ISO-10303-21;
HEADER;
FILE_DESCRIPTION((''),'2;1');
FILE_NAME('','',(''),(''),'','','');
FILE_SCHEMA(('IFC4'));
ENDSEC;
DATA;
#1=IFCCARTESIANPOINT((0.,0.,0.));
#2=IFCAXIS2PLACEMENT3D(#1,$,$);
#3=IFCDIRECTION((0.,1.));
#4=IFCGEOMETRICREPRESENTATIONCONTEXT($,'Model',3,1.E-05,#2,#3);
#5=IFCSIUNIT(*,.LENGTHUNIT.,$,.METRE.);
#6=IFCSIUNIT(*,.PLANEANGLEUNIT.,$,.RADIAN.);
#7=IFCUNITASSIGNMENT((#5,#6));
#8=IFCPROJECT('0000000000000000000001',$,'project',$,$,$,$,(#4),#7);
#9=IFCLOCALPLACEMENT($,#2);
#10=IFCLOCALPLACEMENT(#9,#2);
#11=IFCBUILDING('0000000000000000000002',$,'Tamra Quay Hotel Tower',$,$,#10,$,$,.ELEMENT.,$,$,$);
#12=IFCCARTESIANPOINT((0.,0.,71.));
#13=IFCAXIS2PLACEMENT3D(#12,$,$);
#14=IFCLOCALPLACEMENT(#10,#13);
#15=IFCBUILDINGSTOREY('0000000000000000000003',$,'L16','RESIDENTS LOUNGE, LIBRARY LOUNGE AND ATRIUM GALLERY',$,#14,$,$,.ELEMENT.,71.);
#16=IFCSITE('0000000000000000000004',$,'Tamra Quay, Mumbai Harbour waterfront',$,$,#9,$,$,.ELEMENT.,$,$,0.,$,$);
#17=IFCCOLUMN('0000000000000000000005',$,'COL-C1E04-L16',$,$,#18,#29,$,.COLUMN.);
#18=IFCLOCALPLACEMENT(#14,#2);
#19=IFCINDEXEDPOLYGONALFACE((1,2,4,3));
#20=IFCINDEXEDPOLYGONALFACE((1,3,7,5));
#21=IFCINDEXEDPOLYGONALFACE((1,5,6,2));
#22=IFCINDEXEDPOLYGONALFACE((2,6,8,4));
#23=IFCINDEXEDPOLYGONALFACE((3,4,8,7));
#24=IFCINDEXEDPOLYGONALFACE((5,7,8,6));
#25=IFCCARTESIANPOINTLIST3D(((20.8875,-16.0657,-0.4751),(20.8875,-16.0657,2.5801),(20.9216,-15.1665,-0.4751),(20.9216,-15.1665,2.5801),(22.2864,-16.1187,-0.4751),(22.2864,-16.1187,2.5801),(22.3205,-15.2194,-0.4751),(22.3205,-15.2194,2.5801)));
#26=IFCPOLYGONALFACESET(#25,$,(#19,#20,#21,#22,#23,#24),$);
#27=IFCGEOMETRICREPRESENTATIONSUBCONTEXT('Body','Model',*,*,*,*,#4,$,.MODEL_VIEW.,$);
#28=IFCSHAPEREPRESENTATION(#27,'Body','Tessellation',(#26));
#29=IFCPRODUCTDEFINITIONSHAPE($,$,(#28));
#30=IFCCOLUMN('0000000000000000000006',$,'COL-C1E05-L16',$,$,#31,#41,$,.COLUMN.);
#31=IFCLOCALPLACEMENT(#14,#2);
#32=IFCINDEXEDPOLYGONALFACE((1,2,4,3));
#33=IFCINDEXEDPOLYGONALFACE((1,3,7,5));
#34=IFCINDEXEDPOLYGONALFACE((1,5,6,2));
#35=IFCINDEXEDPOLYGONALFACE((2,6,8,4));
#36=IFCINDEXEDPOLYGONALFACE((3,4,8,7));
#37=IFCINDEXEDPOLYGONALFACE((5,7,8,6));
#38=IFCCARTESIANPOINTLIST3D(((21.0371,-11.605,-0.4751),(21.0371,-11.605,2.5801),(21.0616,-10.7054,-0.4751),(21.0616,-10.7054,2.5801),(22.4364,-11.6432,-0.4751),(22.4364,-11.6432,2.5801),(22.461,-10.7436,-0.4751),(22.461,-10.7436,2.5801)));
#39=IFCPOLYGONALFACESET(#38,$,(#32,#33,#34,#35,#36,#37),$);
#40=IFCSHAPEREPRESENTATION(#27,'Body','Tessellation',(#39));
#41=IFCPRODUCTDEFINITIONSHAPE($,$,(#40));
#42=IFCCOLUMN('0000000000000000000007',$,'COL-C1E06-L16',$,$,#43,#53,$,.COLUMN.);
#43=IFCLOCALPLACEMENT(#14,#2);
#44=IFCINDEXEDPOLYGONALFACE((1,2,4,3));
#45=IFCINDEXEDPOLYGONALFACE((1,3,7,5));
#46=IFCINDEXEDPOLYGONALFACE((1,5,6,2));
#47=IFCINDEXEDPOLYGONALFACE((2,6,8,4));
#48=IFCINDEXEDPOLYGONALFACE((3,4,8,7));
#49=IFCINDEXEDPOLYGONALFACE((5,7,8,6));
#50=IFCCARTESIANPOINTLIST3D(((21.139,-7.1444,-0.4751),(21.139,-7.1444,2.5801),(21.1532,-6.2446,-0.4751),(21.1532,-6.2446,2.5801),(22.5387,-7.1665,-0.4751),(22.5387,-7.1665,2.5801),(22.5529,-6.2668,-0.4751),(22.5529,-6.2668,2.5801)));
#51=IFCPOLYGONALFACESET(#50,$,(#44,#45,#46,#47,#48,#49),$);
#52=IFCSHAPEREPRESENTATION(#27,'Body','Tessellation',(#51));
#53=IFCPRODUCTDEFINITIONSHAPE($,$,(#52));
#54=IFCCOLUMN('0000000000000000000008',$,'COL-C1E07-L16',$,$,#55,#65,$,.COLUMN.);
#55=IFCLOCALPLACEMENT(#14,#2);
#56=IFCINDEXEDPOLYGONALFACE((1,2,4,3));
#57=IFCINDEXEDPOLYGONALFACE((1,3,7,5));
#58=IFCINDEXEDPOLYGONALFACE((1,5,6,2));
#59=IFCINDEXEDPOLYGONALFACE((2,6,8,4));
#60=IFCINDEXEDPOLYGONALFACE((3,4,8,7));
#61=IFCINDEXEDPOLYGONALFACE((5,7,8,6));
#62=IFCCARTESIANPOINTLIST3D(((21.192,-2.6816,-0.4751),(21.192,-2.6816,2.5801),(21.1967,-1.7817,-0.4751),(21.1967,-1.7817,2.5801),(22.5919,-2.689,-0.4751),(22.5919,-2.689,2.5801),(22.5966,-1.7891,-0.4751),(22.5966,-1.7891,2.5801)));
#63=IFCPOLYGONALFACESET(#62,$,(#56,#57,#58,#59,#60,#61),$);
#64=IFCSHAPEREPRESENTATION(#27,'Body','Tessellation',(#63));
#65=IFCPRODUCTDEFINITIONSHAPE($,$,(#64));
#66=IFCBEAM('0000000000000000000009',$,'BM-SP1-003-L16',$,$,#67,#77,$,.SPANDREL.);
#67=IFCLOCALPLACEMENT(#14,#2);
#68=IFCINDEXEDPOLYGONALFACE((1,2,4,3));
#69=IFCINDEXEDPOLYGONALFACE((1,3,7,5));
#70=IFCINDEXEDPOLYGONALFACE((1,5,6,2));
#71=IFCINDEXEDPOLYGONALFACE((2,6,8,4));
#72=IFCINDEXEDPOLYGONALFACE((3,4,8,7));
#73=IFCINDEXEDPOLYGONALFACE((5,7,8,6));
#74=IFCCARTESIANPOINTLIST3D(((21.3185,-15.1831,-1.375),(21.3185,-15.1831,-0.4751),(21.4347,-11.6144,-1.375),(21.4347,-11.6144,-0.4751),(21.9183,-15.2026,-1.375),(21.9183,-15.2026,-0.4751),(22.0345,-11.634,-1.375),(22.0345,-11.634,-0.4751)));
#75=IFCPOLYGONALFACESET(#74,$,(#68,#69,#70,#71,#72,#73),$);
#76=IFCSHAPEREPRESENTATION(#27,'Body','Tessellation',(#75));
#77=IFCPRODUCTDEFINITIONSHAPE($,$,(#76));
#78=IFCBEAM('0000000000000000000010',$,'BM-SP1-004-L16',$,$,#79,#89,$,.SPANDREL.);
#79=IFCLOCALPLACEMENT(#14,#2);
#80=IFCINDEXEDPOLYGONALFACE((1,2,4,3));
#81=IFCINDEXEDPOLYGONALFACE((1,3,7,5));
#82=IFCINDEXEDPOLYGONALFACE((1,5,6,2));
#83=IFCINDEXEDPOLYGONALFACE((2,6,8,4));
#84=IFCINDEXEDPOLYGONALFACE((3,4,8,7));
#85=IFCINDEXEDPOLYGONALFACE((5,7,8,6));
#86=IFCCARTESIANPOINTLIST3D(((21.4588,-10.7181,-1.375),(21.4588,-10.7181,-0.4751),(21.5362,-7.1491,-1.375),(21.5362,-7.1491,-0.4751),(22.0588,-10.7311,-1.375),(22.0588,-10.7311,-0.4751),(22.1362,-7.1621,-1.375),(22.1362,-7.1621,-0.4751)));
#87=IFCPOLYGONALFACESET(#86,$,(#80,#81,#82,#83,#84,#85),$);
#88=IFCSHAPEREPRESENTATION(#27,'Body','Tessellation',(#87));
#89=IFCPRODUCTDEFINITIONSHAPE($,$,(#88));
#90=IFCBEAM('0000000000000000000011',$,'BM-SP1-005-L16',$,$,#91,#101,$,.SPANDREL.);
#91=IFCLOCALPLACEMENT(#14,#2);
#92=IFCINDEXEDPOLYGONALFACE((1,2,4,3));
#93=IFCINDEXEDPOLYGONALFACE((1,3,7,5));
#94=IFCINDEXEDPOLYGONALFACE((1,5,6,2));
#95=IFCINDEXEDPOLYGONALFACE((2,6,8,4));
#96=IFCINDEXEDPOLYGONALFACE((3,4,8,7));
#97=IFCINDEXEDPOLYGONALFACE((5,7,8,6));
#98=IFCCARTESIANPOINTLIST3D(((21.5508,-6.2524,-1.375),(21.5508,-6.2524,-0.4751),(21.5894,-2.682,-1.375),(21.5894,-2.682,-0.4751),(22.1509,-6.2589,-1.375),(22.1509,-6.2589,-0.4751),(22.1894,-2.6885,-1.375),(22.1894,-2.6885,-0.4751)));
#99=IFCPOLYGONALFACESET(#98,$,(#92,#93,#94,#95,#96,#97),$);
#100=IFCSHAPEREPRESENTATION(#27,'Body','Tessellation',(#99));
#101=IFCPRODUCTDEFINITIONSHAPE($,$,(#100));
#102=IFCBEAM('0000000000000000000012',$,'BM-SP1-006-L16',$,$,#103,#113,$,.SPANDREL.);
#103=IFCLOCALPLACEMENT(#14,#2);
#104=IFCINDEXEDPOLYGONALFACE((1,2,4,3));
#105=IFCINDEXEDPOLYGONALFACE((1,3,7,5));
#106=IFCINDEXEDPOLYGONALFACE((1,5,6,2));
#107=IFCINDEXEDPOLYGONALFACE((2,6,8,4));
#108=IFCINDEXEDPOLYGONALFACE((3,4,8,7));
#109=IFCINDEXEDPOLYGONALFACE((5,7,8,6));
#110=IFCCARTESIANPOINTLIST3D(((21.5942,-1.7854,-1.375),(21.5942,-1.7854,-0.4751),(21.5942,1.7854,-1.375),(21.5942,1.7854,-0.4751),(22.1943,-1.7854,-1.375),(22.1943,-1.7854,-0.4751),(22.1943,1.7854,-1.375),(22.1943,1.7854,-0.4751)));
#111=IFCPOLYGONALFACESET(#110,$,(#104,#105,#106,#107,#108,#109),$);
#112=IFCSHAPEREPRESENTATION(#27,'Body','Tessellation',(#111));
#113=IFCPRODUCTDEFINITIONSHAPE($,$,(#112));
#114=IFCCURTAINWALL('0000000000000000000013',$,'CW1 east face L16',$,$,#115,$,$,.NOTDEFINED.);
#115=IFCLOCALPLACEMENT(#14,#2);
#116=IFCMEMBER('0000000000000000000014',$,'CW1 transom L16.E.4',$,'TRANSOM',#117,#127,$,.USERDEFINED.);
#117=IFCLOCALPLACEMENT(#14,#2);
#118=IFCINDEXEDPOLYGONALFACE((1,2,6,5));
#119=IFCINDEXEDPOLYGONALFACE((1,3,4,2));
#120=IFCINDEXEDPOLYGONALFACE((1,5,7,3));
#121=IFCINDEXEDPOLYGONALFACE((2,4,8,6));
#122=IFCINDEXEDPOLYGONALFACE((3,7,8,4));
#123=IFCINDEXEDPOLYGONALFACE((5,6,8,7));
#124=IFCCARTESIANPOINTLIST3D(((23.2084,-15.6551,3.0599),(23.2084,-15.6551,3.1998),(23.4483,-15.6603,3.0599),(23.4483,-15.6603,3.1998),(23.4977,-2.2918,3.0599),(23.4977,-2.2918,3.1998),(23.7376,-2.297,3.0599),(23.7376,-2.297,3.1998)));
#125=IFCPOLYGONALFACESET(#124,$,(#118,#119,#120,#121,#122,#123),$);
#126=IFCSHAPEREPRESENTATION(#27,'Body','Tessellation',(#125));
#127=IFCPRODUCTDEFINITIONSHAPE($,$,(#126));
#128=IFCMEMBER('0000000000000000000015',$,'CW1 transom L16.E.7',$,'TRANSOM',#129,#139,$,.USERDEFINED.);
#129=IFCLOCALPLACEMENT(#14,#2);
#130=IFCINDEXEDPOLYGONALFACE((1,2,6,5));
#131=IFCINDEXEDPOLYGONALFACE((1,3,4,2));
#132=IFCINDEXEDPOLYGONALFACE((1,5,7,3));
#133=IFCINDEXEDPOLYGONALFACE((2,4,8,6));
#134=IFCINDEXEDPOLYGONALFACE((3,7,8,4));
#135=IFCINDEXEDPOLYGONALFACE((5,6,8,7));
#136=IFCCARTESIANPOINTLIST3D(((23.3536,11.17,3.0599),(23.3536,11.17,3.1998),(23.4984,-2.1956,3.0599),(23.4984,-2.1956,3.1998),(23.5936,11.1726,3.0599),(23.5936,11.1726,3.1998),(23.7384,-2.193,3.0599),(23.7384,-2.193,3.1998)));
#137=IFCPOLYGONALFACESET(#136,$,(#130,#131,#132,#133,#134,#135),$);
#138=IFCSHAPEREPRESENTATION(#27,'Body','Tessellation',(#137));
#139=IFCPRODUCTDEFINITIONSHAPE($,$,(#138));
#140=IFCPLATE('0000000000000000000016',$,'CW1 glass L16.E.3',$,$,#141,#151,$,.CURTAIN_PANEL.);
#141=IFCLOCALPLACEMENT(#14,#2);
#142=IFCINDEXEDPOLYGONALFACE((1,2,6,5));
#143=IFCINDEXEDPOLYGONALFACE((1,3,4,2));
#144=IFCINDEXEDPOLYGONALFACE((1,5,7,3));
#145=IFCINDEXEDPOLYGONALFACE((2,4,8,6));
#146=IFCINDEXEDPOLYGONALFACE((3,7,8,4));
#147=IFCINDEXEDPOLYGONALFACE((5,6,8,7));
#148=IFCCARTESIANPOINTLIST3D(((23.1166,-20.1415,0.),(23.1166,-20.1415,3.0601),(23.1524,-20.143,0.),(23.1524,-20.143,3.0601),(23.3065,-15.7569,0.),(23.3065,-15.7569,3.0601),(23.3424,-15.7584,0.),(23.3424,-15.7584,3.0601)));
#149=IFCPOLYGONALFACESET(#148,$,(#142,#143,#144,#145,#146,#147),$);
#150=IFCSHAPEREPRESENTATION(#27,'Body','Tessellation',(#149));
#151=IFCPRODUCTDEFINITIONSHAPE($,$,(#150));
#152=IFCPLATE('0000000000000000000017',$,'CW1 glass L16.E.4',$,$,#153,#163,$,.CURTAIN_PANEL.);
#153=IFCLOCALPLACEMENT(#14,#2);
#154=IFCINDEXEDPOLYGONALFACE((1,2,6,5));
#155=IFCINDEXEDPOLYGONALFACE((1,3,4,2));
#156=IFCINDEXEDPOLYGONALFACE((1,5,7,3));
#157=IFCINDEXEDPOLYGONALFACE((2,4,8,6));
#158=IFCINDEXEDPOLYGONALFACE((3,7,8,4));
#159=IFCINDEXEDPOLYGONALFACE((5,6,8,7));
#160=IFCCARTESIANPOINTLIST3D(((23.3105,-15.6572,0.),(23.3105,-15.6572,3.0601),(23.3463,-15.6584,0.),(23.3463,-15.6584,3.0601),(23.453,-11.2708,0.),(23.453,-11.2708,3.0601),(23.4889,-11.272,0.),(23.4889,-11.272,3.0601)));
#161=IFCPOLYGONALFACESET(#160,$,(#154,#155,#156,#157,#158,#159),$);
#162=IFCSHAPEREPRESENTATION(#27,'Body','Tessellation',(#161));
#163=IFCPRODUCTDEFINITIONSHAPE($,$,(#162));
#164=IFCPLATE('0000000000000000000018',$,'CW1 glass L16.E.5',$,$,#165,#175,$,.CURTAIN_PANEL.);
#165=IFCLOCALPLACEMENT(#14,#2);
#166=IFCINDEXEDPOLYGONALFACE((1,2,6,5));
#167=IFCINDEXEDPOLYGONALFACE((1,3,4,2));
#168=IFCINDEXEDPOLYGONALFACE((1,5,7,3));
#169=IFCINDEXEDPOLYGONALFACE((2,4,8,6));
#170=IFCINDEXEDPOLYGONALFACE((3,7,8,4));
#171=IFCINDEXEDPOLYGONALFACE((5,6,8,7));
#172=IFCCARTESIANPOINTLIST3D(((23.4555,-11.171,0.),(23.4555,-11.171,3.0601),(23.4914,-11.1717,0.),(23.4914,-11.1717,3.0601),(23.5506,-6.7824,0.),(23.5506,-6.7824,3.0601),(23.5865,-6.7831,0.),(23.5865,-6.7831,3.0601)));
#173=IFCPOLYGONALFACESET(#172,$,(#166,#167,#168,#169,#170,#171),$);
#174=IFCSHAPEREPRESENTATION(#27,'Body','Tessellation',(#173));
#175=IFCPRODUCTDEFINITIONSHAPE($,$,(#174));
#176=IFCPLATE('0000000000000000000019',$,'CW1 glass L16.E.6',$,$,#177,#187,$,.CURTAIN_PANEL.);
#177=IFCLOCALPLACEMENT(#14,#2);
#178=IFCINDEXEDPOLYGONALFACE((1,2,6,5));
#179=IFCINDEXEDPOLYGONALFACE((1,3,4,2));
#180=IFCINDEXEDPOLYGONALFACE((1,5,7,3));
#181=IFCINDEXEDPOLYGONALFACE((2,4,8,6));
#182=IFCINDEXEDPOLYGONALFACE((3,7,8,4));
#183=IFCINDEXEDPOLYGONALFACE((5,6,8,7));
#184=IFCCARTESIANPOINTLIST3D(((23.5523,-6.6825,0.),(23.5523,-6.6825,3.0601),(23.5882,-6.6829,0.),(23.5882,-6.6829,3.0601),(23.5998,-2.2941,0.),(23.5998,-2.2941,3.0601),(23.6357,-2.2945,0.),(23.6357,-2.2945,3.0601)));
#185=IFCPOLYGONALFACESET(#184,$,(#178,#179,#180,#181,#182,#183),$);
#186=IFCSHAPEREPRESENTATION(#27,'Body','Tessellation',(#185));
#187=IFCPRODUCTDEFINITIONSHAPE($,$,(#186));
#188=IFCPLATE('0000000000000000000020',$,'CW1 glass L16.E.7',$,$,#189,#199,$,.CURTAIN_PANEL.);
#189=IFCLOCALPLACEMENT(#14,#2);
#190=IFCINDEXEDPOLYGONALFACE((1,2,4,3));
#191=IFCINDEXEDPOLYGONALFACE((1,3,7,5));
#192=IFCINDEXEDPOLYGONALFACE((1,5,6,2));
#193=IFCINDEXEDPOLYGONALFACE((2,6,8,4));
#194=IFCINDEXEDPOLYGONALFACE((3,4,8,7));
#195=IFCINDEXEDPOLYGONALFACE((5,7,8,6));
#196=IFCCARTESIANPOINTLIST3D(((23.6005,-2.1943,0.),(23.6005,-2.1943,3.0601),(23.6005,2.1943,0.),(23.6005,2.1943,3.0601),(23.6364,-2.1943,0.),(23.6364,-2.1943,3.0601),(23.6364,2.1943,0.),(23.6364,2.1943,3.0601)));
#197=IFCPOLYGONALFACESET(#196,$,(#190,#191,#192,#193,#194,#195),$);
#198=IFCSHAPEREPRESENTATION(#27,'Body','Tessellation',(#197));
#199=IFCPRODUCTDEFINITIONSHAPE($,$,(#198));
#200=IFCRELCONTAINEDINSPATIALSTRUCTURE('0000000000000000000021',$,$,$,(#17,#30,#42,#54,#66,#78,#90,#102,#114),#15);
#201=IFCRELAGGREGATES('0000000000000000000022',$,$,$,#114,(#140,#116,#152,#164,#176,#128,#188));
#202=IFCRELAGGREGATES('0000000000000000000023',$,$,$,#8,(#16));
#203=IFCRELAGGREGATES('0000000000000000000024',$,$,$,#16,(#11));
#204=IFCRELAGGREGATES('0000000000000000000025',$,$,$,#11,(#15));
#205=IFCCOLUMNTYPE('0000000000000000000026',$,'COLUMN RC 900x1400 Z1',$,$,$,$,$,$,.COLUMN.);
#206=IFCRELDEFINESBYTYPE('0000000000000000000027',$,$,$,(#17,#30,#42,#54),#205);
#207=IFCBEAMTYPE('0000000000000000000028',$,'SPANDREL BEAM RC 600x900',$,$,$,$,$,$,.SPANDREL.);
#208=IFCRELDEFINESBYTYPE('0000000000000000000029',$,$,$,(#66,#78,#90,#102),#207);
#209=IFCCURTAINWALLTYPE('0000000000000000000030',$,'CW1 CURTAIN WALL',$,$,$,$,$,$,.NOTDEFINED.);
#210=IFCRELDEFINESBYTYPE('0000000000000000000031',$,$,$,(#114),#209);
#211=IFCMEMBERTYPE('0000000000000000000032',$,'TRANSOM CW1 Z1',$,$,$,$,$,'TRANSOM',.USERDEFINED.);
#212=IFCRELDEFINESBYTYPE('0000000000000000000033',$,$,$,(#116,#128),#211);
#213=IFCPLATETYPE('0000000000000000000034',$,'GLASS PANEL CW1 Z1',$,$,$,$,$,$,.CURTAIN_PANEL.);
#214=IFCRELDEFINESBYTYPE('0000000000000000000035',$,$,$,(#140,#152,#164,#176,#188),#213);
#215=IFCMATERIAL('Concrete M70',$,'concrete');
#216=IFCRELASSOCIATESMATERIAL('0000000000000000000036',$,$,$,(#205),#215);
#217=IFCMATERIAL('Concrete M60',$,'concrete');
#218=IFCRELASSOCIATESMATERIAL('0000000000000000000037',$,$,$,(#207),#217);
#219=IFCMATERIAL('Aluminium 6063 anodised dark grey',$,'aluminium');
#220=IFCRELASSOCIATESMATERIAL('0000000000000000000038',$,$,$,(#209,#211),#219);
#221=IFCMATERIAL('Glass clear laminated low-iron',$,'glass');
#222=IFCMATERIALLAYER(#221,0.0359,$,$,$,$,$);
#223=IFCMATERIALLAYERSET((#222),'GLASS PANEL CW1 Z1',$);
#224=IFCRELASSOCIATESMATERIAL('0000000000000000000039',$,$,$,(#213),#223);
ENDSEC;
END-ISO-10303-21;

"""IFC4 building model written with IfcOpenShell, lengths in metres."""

from ifc_helpers import new_model, si_unit, direction, frame, origin, origin_2d, place, context, subcontext, project, spatial, rectangle, extrude, material, layer, layer_set, material_profile, profile_set, type_object, element, aggregate, save


model = new_model("IFC4")

# Units and contexts
model_context = context("Model", 3, precision=1e-05, world=origin(), true_north=direction((0.0, 1.0)))
body_context = subcontext(model_context, "Body", "Model", "MODEL_VIEW")
ifc_project = project(units=[si_unit("LENGTHUNIT", "METRE"), si_unit("PLANEANGLEUNIT", "RADIAN")], contexts=[model_context])

# Site, building, storey
site_placement = place(None, origin())
site = spatial("IfcSite", under=ifc_project, at=site_placement, Name="Tamra Quay, Mumbai Harbour waterfront", CompositionType="ELEMENT", RefElevation=0.0)
building_placement = place(site_placement, origin())
building = spatial("IfcBuilding", under=site, at=building_placement, Name="Tamra Quay Hotel Tower", CompositionType="ELEMENT")
storey_placement = place(building_placement, frame((0.0, 0.0, 71.0)))
storey = spatial("IfcBuildingStorey", under=building, at=storey_placement, Name="L16", Description="RESIDENTS LOUNGE, LIBRARY LOUNGE AND ATRIUM GALLERY", CompositionType="ELEMENT", Elevation=71.0)

# Columns
ifc_material_1 = material(Name="Concrete M70", Category="concrete")
ifc_material_profile_1 = material_profile(ifc_material_1, rectangle(XDim=1.3999, YDim=0.8999, at=origin_2d()), Name="COLUMN RC 900x1400 Z1")
ifc_profile_set_1 = profile_set([ifc_material_profile_1], Name="Concrete M70")
column_type = type_object("IfcColumnType", Name="COLUMN RC 900x1400 Z1", PredefinedType="COLUMN", material=ifc_profile_set_1)
for number, where, z_axis, x_axis, name in (
    (1, (21.604, -15.6426, -0.4751), (0.0, 0.0, 1.0), (-0.999285, 0.037812, 0.0), "COL-C1E04-L16"),
    (2, (21.749, -11.1743, -0.4751), (0.0, 0.0, 1.0), (-0.999628, 0.027269, 0.0), "COL-C1E05-L16"),
    (3, (21.8459, -6.7056, -0.4751), (0.0, 0.0, 1.0), (-0.999875, 0.015838, 0.0), "COL-C1E06-L16"),
    (4, (21.8943, -2.2354, -0.4751), (0.0, 0.0, 1.0), (-0.999986, 0.00528, 0.0), "COL-C1E07-L16"),
):
    element("IfcColumn", number, at=place(storey_placement, frame(where, z_axis=z_axis, x_axis=x_axis)), inside=storey, type_object=column_type, Name=name, PredefinedType="COLUMN", context=body_context, shape_type="SweptSolid", body=[
        extrude(rectangle(XDim=1.3999, YDim=0.8999, at=origin_2d()), origin(), (0.0, 0.0, 1.0), 3.0552),
    ])

# Beams
ifc_material_2 = material(Name="Concrete M60", Category="concrete")
ifc_material_profile_2 = material_profile(ifc_material_2, rectangle(XDim=0.6001, YDim=0.8999, at=origin_2d()), Name="SPANDREL BEAM RC 600x900")
ifc_profile_set_2 = profile_set([ifc_material_profile_2], Name="Concrete M60")
beam_type = type_object("IfcBeamType", Name="SPANDREL BEAM RC 600x900", PredefinedType="SPANDREL", material=ifc_profile_set_2)
beam_1_placement = place(storey_placement, frame((21.6184, -15.1929, -0.925), z_axis=(0.032548, 0.99947, 0.0), x_axis=(-0.99947, 0.032548, 0.0)))
element("IfcBeam", 5, at=beam_1_placement, inside=storey, type_object=beam_type, Name="BM-SP1-003-L16", PredefinedType="SPANDREL", context=body_context, shape_type="SweptSolid", body=[
    extrude(rectangle(XDim=0.6001, YDim=0.8999, at=origin_2d()), origin(), (0.0, 0.0, 1.0), 3.5706),
])
beam_2_placement = place(storey_placement, frame((21.7588, -10.7246, -0.925), z_axis=(0.021679, 0.999765, 0.0), x_axis=(-0.999765, 0.021679, 0.0)))
element("IfcBeam", 6, at=beam_2_placement, inside=storey, type_object=beam_type, Name="BM-SP1-004-L16", PredefinedType="SPANDREL", context=body_context, shape_type="SweptSolid", body=[
    extrude(rectangle(XDim=0.6001, YDim=0.8999, at=origin_2d()), origin(), (0.0, 0.0, 1.0), 3.5698),
])
beam_3_placement = place(storey_placement, frame((21.8508, -6.2556, -0.925), z_axis=(0.010804, 0.999942, 0.0), x_axis=(-0.999942, 0.010804, 0.0)))
element("IfcBeam", 7, at=beam_3_placement, inside=storey, type_object=beam_type, Name="BM-SP1-005-L16", PredefinedType="SPANDREL", context=body_context, shape_type="SweptSolid", body=[
    extrude(rectangle(XDim=0.6001, YDim=0.8999, at=origin_2d()), origin(), (0.0, 0.0, 1.0), 3.5706),
])
beam_4_placement = place(storey_placement, frame((21.8943, -1.7854, -0.925), z_axis=(0.0, 1.0, 0.0), x_axis=(-1.0, 0.0, 0.0)))
element("IfcBeam", 8, at=beam_4_placement, inside=storey, type_object=beam_type, Name="BM-SP1-006-L16", PredefinedType="SPANDREL", context=body_context, shape_type="SweptSolid", body=[
    extrude(rectangle(XDim=0.6001, YDim=0.8999, at=origin_2d()), origin(), (0.0, 0.0, 1.0), 3.5708),
])

# Curtain wall, members, plates
ifc_material_3 = material(Name="Aluminium 6063 anodised dark grey", Category="aluminium")
curtain_wall_type = type_object("IfcCurtainWallType", Name="CW1 CURTAIN WALL", PredefinedType="NOTDEFINED", material=ifc_material_3)
curtain_wall_placement = place(storey_placement, origin())
curtain_wall = element("IfcCurtainWall", 9, at=curtain_wall_placement, inside=storey, type_object=curtain_wall_type, Name="CW1 east face L16", PredefinedType="NOTDEFINED")
ifc_material_profile_3 = material_profile(ifc_material_3, rectangle(XDim=0.24, YDim=0.1399, at=origin_2d()), Name="TRANSOM 240X140")
ifc_profile_set_3 = profile_set([ifc_material_profile_3], Name="Aluminium 6063 anodised dark grey")
member_type = type_object("IfcMemberType", Name="TRANSOM CW1 Z1", ElementType="TRANSOM", PredefinedType="USERDEFINED", material=ifc_profile_set_3)
member_1_placement = place(storey_placement, frame((23.3284, -15.6577, 3.1299), z_axis=(0.021644, 0.999766, 0.0), x_axis=(-0.999766, 0.021644, 0.0)))
member_1 = element("IfcMember", 10, at=member_1_placement, type_object=member_type, Name="CW1 transom L16.E.4", ObjectType="TRANSOM", PredefinedType="USERDEFINED", context=body_context, shape_type="SweptSolid", body=[
    extrude(rectangle(XDim=0.24, YDim=0.1399, at=origin_2d()), origin(), (0.0, 0.0, 1.0), 13.3665),
])
member_2_placement = place(storey_placement, frame((23.6184, -2.1943, 3.1299), z_axis=(-0.010831, 0.999941, 0.0), x_axis=(-0.999941, -0.010831, 0.0)))
member_2 = element("IfcMember", 11, at=member_2_placement, type_object=member_type, Name="CW1 transom L16.E.7", ObjectType="TRANSOM", PredefinedType="USERDEFINED", context=body_context, shape_type="SweptSolid", body=[
    extrude(rectangle(XDim=0.24, YDim=0.1399, at=origin_2d()), origin(), (0.0, 0.0, 1.0), 13.3665),
])
ifc_material_4 = material(Name="Glass clear laminated low-iron", Category="glass")
ifc_layer_1 = layer(ifc_material_4, 0.0359)
ifc_layer_set_1 = layer_set([ifc_layer_1], Name="GLASS PANEL CW1 Z1")
plate_type = type_object("IfcPlateType", Name="GLASS PANEL CW1 Z1", PredefinedType="CURTAIN_PANEL", material=ifc_layer_set_1)
plate_1_placement = place(storey_placement, frame((23.2295, -17.95, 0.0), z_axis=(0.0, 0.0, 1.0), x_axis=(0.043286, 0.999063, 0.0)))
plate_1 = element("IfcPlate", 12, at=plate_1_placement, type_object=plate_type, Name="CW1 glass L16.E.3", PredefinedType="CURTAIN_PANEL", context=body_context, shape_type="SweptSolid", body=[
    extrude(rectangle(XDim=4.3887, YDim=0.0359, at=origin_2d()), origin(), (0.0, 0.0, 1.0), 3.0601),
])
plate_2_placement = place(storey_placement, frame((23.3997, -13.4646, 0.0), z_axis=(0.0, 0.0, 1.0), x_axis=(0.032475, 0.999473, 0.0)))
plate_2 = element("IfcPlate", 13, at=plate_2_placement, type_object=plate_type, Name="CW1 glass L16.E.4", PredefinedType="CURTAIN_PANEL", context=body_context, shape_type="SweptSolid", body=[
    extrude(rectangle(XDim=4.3887, YDim=0.0359, at=origin_2d()), origin(), (0.0, 0.0, 1.0), 3.0601),
])
plate_3_placement = place(storey_placement, frame((23.521, -8.9771, 0.0), z_axis=(0.0, 0.0, 1.0), x_axis=(0.021658, 0.999765, 0.0)))
plate_3 = element("IfcPlate", 14, at=plate_3_placement, type_object=plate_type, Name="CW1 glass L16.E.5", PredefinedType="CURTAIN_PANEL", context=body_context, shape_type="SweptSolid", body=[
    extrude(rectangle(XDim=4.3896, YDim=0.0359, at=origin_2d()), origin(), (0.0, 0.0, 1.0), 3.0601),
])
plate_4_placement = place(storey_placement, frame((23.594, -4.4885, 0.0), z_axis=(0.0, 0.0, 1.0), x_axis=(0.010836, 0.999941, 0.0)))
plate_4 = element("IfcPlate", 15, at=plate_4_placement, type_object=plate_type, Name="CW1 glass L16.E.6", PredefinedType="CURTAIN_PANEL", context=body_context, shape_type="SweptSolid", body=[
    extrude(rectangle(XDim=4.3887, YDim=0.0359, at=origin_2d()), origin(), (0.0, 0.0, 1.0), 3.0601),
])
plate_5_placement = place(storey_placement, frame((23.6184, 0.0, 0.0), z_axis=(0.0, 0.0, 1.0), x_axis=(0.0, 1.0, 0.0)))
plate_5 = element("IfcPlate", 16, at=plate_5_placement, type_object=plate_type, Name="CW1 glass L16.E.7", PredefinedType="CURTAIN_PANEL", context=body_context, shape_type="SweptSolid", body=[
    extrude(rectangle(XDim=4.3887, YDim=0.0359, at=origin_2d()), origin(), (0.0, 0.0, 1.0), 3.0601),
])
aggregate(curtain_wall, [plate_1, member_1, plate_2, plate_3, plate_4, member_2, plate_5])

save(model, "model.ifc")
